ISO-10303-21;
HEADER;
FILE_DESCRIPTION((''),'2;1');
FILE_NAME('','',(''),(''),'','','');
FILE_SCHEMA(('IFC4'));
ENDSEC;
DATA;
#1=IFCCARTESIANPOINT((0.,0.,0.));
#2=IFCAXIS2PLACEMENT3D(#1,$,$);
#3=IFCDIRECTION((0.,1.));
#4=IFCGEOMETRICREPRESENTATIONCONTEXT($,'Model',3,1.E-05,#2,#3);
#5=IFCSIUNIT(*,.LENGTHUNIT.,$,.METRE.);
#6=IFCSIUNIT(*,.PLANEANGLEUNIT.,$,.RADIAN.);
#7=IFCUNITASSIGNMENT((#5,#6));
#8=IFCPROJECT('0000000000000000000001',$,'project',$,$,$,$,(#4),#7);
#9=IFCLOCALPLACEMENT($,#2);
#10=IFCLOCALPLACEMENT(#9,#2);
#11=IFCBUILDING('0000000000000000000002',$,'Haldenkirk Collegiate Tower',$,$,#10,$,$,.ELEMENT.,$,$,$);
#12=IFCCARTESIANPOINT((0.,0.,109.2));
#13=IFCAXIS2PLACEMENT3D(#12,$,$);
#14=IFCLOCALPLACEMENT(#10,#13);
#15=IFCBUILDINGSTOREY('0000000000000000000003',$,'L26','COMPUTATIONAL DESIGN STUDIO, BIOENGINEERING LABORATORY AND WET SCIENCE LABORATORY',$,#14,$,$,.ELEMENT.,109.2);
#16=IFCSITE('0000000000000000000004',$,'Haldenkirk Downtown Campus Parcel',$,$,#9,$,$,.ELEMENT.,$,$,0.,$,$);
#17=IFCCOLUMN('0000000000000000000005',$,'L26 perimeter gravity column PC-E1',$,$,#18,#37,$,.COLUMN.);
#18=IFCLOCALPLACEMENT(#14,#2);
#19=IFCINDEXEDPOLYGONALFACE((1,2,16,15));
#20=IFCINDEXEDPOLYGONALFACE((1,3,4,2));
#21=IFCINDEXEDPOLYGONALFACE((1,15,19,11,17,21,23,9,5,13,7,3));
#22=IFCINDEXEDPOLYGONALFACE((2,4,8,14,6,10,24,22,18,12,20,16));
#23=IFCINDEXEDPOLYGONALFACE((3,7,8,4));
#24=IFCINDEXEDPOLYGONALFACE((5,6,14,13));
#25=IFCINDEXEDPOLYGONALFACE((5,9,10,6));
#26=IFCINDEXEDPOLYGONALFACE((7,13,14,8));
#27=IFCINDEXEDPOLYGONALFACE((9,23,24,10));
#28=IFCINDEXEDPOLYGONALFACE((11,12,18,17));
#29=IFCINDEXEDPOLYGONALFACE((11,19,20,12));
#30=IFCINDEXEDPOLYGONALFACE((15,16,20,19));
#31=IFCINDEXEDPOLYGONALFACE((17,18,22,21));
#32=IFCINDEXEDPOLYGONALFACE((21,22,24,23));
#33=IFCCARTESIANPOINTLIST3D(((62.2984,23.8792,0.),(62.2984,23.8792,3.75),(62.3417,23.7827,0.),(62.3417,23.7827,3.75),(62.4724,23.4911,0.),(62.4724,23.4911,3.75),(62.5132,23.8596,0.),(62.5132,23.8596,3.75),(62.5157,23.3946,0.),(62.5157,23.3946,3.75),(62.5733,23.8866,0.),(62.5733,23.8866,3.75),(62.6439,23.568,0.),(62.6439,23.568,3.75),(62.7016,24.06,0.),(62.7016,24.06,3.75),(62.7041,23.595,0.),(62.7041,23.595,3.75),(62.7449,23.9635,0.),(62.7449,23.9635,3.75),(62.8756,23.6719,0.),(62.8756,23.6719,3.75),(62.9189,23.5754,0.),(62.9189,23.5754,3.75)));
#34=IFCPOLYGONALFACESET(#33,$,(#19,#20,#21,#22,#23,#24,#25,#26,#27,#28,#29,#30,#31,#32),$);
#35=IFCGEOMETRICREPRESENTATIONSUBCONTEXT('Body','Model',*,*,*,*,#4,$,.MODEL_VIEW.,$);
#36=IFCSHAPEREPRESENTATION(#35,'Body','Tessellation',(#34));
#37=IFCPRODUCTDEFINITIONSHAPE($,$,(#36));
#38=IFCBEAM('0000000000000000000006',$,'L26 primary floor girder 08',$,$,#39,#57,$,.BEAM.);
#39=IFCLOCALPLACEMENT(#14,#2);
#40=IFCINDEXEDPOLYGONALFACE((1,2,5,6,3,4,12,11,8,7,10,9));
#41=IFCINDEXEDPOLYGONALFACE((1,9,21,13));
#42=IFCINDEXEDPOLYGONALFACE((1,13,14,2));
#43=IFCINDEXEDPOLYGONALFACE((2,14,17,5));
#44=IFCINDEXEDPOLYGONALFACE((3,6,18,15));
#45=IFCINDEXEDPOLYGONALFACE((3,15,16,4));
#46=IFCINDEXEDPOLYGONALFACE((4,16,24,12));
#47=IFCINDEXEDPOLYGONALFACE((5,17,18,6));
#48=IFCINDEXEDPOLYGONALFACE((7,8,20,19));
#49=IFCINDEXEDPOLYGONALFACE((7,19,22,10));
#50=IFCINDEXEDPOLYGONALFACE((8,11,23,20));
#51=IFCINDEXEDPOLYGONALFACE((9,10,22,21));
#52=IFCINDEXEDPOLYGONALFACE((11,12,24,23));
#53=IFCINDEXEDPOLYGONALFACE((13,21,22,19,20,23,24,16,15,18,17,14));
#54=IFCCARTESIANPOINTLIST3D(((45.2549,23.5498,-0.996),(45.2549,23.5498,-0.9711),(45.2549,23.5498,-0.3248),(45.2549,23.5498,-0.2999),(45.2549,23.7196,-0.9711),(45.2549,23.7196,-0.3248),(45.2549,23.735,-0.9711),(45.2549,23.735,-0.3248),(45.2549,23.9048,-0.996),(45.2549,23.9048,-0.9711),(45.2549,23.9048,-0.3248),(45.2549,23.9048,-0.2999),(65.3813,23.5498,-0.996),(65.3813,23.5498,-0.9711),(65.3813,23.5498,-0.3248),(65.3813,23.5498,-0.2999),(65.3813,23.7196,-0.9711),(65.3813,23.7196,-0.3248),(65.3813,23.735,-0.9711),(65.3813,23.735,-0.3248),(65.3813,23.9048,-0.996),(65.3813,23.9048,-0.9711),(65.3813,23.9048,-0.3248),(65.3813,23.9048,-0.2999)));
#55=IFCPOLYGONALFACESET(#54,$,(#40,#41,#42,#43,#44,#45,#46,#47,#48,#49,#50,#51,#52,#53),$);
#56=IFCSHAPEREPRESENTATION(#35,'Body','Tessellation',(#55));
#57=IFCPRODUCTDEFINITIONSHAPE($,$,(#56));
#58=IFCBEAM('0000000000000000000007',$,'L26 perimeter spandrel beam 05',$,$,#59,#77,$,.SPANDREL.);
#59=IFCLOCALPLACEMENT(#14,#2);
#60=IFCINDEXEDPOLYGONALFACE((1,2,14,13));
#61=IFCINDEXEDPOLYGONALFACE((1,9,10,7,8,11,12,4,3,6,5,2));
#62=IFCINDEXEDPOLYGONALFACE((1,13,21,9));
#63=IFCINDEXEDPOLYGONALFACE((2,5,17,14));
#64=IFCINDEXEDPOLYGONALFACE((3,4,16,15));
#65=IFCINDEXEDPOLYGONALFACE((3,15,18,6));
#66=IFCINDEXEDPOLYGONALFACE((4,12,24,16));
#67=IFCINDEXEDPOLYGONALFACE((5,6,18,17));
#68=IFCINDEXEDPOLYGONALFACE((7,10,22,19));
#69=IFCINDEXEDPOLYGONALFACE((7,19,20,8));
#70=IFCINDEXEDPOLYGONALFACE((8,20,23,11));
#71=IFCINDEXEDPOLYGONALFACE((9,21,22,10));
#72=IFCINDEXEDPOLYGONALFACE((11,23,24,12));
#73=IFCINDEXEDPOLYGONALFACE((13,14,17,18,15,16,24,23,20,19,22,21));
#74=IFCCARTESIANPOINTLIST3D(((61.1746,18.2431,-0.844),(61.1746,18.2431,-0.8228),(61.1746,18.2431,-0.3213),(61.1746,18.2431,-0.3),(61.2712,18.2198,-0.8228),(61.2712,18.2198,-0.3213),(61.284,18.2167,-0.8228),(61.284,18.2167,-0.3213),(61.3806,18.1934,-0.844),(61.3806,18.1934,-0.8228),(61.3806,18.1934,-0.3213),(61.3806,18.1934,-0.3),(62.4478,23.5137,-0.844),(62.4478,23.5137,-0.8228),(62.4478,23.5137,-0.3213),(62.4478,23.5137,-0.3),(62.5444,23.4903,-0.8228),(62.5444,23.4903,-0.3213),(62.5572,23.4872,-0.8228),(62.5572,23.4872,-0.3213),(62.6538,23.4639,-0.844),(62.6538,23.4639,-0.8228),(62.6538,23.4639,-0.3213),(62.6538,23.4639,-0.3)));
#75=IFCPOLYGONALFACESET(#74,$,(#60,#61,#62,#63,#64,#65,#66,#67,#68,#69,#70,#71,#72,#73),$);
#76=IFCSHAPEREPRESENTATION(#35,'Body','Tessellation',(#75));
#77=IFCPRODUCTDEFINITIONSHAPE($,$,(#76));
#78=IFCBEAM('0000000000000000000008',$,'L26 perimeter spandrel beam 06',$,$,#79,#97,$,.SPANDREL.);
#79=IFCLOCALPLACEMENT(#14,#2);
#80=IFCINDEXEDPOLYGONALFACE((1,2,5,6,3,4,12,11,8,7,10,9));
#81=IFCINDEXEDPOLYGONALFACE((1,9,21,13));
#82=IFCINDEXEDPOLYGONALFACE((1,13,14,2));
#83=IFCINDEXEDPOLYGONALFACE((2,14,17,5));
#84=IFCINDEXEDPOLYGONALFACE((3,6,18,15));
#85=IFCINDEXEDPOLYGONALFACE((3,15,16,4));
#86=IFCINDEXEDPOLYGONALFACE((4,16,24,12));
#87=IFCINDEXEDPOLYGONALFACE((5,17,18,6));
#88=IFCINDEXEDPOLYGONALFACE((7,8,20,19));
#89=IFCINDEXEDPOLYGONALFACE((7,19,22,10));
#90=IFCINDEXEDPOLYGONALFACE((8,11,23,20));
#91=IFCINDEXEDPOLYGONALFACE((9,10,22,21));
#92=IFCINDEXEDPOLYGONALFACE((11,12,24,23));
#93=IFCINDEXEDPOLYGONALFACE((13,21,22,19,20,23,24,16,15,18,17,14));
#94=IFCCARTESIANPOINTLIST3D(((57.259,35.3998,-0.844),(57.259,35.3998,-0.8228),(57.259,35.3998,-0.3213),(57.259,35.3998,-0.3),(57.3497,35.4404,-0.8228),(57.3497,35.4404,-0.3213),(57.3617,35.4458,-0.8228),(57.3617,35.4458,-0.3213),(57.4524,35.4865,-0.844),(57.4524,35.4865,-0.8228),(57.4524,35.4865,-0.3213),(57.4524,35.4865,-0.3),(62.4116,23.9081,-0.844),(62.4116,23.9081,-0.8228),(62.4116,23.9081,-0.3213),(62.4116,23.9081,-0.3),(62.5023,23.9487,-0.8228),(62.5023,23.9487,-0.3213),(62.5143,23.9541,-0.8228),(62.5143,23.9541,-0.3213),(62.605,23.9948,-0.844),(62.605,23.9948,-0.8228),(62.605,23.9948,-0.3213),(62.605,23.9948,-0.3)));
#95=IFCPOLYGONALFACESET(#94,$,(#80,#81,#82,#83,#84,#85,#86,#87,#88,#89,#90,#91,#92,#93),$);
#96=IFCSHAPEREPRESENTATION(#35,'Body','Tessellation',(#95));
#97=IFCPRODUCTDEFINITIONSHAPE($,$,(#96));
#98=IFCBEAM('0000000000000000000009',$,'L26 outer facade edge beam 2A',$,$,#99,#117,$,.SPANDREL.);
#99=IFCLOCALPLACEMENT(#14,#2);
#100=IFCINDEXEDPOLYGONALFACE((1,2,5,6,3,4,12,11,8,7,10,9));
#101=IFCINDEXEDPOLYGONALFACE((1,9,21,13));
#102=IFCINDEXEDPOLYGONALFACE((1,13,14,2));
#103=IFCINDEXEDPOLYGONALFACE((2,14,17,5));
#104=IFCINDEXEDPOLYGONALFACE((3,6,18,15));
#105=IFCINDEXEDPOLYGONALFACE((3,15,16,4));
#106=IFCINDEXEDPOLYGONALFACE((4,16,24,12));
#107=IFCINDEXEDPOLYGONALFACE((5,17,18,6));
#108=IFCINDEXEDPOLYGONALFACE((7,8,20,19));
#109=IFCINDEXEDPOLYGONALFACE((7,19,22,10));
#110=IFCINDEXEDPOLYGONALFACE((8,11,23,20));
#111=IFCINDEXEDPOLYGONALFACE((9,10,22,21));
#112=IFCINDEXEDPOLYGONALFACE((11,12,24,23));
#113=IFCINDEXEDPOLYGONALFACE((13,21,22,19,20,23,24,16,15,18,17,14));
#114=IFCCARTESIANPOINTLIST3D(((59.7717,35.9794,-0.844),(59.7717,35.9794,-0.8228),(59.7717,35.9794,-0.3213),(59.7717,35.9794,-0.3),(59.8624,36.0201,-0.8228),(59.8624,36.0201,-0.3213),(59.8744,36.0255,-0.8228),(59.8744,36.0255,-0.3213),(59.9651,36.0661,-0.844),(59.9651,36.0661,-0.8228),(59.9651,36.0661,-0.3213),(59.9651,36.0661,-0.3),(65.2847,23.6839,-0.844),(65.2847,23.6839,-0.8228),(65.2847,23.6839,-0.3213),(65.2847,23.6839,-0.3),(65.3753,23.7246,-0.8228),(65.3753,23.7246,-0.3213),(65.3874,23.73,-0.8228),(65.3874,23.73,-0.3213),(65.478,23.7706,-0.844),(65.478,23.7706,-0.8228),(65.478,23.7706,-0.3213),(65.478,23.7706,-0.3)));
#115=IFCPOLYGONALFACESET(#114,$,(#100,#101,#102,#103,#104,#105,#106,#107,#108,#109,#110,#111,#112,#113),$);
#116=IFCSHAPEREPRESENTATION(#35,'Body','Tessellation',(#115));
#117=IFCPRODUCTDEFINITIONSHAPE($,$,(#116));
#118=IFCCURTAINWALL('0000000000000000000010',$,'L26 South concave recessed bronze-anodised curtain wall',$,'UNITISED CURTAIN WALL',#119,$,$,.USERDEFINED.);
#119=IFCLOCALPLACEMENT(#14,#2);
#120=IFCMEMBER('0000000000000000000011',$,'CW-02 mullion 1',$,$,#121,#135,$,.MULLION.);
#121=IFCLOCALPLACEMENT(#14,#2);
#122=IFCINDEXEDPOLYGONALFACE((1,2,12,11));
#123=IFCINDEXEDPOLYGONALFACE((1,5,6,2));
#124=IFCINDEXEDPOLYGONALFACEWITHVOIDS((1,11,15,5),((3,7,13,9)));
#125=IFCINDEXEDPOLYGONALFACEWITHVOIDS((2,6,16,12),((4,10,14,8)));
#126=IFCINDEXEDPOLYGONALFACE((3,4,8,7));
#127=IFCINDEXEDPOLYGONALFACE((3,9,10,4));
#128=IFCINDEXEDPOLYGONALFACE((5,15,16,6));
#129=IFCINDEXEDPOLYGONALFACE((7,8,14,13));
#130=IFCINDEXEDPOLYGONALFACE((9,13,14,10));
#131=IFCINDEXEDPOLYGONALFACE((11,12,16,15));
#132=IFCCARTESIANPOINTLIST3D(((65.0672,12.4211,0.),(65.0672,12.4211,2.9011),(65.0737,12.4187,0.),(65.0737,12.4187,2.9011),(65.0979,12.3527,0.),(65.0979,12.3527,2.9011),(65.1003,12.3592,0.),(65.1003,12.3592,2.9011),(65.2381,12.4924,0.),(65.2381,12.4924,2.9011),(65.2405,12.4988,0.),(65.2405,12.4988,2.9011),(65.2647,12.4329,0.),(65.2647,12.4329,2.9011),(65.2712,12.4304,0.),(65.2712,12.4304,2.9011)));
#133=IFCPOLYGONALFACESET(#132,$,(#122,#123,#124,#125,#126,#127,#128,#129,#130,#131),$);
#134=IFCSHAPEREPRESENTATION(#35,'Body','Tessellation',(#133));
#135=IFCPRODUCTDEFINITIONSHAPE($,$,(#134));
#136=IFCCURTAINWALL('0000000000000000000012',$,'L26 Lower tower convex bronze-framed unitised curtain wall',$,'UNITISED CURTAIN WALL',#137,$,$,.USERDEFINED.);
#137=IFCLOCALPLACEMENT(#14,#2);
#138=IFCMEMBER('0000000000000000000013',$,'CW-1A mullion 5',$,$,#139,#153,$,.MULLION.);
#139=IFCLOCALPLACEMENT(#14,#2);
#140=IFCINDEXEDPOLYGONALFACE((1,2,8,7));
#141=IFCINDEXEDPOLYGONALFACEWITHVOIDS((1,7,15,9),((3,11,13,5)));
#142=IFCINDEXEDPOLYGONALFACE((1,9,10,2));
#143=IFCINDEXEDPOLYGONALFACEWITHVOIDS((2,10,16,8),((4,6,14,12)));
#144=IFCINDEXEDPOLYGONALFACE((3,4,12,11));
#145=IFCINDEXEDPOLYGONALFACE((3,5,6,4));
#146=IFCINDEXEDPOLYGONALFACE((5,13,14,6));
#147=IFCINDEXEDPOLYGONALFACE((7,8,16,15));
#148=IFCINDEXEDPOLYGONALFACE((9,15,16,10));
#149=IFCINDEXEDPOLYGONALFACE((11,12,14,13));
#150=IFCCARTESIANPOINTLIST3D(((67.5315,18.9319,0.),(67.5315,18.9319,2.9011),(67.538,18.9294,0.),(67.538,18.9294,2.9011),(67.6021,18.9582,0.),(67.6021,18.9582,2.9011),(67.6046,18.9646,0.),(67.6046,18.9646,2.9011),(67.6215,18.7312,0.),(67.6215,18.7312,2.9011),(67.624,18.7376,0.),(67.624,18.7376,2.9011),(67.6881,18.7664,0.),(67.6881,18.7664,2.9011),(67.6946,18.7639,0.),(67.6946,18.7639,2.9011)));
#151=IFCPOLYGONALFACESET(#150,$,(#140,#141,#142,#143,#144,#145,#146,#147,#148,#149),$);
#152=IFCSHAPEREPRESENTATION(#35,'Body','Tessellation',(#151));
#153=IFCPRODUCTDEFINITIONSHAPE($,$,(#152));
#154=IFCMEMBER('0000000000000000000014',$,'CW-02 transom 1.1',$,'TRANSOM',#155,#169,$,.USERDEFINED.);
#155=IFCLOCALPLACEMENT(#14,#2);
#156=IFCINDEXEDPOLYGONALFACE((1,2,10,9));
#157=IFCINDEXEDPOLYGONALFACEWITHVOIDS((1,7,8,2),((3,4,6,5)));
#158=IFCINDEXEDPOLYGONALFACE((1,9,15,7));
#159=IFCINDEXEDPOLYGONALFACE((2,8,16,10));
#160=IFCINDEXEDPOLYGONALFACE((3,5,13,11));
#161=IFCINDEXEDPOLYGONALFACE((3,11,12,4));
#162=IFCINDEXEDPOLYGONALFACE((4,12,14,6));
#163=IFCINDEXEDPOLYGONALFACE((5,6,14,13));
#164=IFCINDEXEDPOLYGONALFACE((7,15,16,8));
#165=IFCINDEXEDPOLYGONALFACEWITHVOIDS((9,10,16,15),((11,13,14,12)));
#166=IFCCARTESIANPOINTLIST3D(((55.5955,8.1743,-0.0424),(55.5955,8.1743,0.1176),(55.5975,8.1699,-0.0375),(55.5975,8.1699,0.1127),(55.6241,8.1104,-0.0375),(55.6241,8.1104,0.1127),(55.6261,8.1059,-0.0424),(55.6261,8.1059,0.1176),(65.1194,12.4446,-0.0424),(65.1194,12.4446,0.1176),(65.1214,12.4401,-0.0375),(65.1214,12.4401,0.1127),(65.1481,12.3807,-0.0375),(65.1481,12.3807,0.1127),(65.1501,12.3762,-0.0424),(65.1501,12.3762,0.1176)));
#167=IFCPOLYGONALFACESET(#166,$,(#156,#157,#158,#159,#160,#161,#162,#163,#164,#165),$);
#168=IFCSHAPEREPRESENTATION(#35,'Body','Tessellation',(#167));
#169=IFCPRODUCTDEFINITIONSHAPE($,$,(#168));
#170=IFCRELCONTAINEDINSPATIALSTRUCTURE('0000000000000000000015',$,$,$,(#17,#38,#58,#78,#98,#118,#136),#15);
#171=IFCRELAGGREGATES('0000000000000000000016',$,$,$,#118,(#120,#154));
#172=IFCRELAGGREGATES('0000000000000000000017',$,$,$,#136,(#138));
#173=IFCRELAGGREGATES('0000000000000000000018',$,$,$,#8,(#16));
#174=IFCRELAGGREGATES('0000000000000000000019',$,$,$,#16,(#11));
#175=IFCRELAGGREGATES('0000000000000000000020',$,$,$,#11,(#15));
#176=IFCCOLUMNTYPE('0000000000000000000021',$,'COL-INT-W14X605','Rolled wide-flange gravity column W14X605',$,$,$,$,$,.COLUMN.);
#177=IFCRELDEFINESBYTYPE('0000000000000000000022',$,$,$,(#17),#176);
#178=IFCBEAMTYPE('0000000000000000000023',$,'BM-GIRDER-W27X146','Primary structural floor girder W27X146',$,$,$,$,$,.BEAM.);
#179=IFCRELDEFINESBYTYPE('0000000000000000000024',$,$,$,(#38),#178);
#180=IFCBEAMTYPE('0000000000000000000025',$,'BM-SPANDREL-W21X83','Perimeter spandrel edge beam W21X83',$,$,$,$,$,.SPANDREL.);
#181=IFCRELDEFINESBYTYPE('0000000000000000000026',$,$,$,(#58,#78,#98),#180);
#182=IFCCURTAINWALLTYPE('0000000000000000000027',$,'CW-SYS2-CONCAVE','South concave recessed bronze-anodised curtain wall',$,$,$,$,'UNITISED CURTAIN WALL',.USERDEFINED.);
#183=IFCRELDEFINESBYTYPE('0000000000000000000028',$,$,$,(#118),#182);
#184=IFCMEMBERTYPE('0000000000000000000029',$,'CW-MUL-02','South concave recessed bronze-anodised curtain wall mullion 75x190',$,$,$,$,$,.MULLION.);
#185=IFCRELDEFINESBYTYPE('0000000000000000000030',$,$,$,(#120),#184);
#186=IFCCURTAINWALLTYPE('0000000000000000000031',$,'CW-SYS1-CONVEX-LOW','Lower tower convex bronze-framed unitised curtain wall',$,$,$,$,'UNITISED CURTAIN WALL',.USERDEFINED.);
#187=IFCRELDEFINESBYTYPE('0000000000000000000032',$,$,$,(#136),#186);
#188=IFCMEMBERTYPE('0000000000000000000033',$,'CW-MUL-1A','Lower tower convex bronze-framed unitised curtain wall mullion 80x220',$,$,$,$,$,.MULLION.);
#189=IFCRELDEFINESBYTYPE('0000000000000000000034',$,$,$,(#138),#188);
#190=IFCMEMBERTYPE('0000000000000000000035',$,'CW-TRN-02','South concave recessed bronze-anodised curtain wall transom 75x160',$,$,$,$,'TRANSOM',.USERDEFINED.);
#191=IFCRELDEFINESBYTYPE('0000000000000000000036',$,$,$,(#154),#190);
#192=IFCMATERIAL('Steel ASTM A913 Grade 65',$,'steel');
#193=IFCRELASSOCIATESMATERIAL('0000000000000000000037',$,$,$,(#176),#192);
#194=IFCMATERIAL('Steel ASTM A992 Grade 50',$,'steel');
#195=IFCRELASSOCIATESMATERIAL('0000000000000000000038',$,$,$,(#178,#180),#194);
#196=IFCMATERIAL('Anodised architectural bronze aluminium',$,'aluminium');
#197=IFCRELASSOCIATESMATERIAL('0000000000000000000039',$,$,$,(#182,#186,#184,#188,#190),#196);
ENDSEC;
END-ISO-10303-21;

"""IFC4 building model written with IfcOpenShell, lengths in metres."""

from ifc_helpers import new_model, si_unit, direction, frame, origin, origin_2d, place, context, subcontext, project, spatial, hollow_rectangle, i_section, extrude, material, material_profile, profile_set, type_object, element, aggregate, save


model = new_model("IFC4")

# Units and contexts
model_context = context("Model", 3, precision=1e-05, world=origin(), true_north=direction((0.0, 1.0)))
body_context = subcontext(model_context, "Body", "Model", "MODEL_VIEW")
ifc_project = project(units=[si_unit("LENGTHUNIT", "METRE"), si_unit("PLANEANGLEUNIT", "RADIAN")], contexts=[model_context])

# Site, building, storey
site_placement = place(None, origin())
site = spatial("IfcSite", under=ifc_project, at=site_placement, Name="Haldenkirk Downtown Campus Parcel", CompositionType="ELEMENT", RefElevation=0.0)
building_placement = place(site_placement, origin())
building = spatial("IfcBuilding", under=site, at=building_placement, Name="Haldenkirk Collegiate Tower", CompositionType="ELEMENT")
storey_placement = place(building_placement, frame((0.0, 0.0, 109.2)))
storey = spatial("IfcBuildingStorey", under=building, at=storey_placement, Name="L26", Description="COMPUTATIONAL DESIGN STUDIO, BIOENGINEERING LABORATORY AND WET SCIENCE LABORATORY", CompositionType="ELEMENT", Elevation=109.2)

# Column
ifc_material_1 = material(Name="Steel ASTM A913 Grade 65", Category="steel")
ifc_material_profile_1 = material_profile(ifc_material_1, i_section(OverallWidth=0.4419, OverallDepth=0.531, WebThickness=0.0659, FlangeThickness=0.1057, at=origin_2d()), Name="W14X605")
ifc_profile_set_1 = profile_set([ifc_material_profile_1], Name="Steel ASTM A913 Grade 65")
column_type = type_object("IfcColumnType", Name="COL-INT-W14X605", Description="Rolled wide-flange gravity column W14X605", PredefinedType="COLUMN", material=ifc_profile_set_1)
column_placement = place(storey_placement, frame((62.6086, 23.7273, 0.0), z_axis=(0.0, 0.0, 1.0), x_axis=(0.912477, 0.409127, 0.0)))
element("IfcColumn", 1, at=column_placement, inside=storey, type_object=column_type, Name="L26 perimeter gravity column PC-E1", PredefinedType="COLUMN", context=body_context, shape_type="SweptSolid", body=[
    extrude(i_section(OverallWidth=0.4419, OverallDepth=0.531, WebThickness=0.0659, FlangeThickness=0.1057, at=origin_2d()), origin(), (0.0, 0.0, 1.0), 3.75),
])

# Beams
ifc_material_2 = material(Name="Steel ASTM A992 Grade 50", Category="steel")
ifc_material_profile_2 = material_profile(ifc_material_2, i_section(OverallWidth=0.355, OverallDepth=0.696, WebThickness=0.0154, FlangeThickness=0.0249, at=origin_2d()), Name="W27X146")
ifc_profile_set_2 = profile_set([ifc_material_profile_2], Name="Steel ASTM A992 Grade 50")
beam_type_1 = type_object("IfcBeamType", Name="BM-GIRDER-W27X146", Description="Primary structural floor girder W27X146", PredefinedType="BEAM", material=ifc_profile_set_2)
beam_1_placement = place(storey_placement, frame((65.3813, 23.7273, -0.6479), z_axis=(-1.0, 0.0, 0.0), x_axis=(0.0, -1.0, 0.0)))
element("IfcBeam", 2, at=beam_1_placement, inside=storey, type_object=beam_type_1, Name="L26 primary floor girder 08", PredefinedType="BEAM", context=body_context, shape_type="SweptSolid", body=[
    extrude(i_section(OverallWidth=0.355, OverallDepth=0.696, WebThickness=0.0154, FlangeThickness=0.0249, at=origin_2d()), origin(), (0.0, 0.0, 1.0), 20.1265),
])
ifc_material_profile_3 = material_profile(ifc_material_2, i_section(OverallWidth=0.2119, OverallDepth=0.5439, WebThickness=0.0132, FlangeThickness=0.0212, at=origin_2d()), Name="W21X83")
ifc_profile_set_3 = profile_set([ifc_material_profile_3], Name="Steel ASTM A992 Grade 50")
beam_type_2 = type_object("IfcBeamType", Name="BM-SPANDREL-W21X83", Description="Perimeter spandrel edge beam W21X83", PredefinedType="SPANDREL", material=ifc_profile_set_3)
beam_2_placement = place(storey_placement, frame((61.2776, 18.2183, -0.572), z_axis=(0.234815, 0.97204, 0.0), x_axis=(-0.97204, 0.234815, 0.0)))
element("IfcBeam", 3, at=beam_2_placement, inside=storey, type_object=beam_type_2, Name="L26 perimeter spandrel beam 05", PredefinedType="SPANDREL", context=body_context, shape_type="SweptSolid", body=[
    extrude(i_section(OverallWidth=0.2119, OverallDepth=0.5439, WebThickness=0.0132, FlangeThickness=0.0212, at=origin_2d()), origin(), (0.0, 0.0, 1.0), 5.4221),
])
beam_3_placement = place(storey_placement, frame((62.5083, 23.9514, -0.572), z_axis=(-0.409131, 0.912476, 0.0), x_axis=(-0.912476, -0.409131, 0.0)))
element("IfcBeam", 4, at=beam_3_placement, inside=storey, type_object=beam_type_2, Name="L26 perimeter spandrel beam 06", PredefinedType="SPANDREL", context=body_context, shape_type="SweptSolid", body=[
    extrude(i_section(OverallWidth=0.2119, OverallDepth=0.5439, WebThickness=0.0132, FlangeThickness=0.0212, at=origin_2d()), origin(), (0.0, 0.0, 1.0), 12.594),
])
beam_4_placement = place(storey_placement, frame((65.3813, 23.7273, -0.572), z_axis=(-0.40913, 0.912476, 0.0), x_axis=(-0.912476, -0.40913, 0.0)))
element("IfcBeam", 5, at=beam_4_placement, inside=storey, type_object=beam_type_2, Name="L26 outer facade edge beam 2A", PredefinedType="SPANDREL", context=body_context, shape_type="SweptSolid", body=[
    extrude(i_section(OverallWidth=0.2119, OverallDepth=0.5439, WebThickness=0.0132, FlangeThickness=0.0212, at=origin_2d()), origin(), (0.0, 0.0, 1.0), 13.4749),
])

# Curtain walls, members
ifc_material_3 = material(Name="Anodised architectural bronze aluminium", Category="aluminium")
curtain_wall_type_1 = type_object("IfcCurtainWallType", Name="CW-SYS2-CONCAVE", Description="South concave recessed bronze-anodised curtain wall", ElementType="UNITISED CURTAIN WALL", PredefinedType="USERDEFINED", material=ifc_material_3)
curtain_wall_1_placement = place(storey_placement, origin())
curtain_wall_1 = element("IfcCurtainWall", 6, at=curtain_wall_1_placement, inside=storey, type_object=curtain_wall_type_1, Name="L26 South concave recessed bronze-anodised curtain wall", ObjectType="UNITISED CURTAIN WALL", PredefinedType="USERDEFINED")
ifc_material_profile_4 = material_profile(ifc_material_3, hollow_rectangle(XDim=0.075, YDim=0.1899, WallThickness=0.0049, at=origin_2d()), Name="CW-MUL-02")
ifc_profile_set_4 = profile_set([ifc_material_profile_4], Name="Anodised architectural bronze aluminium")
member_type_1 = type_object("IfcMemberType", Name="CW-MUL-02", Description="South concave recessed bronze-anodised curtain wall mullion 75x190", PredefinedType="MULLION", material=ifc_profile_set_4)
member_1_placement = place(storey_placement, frame((65.1692, 12.4258, 0.0), z_axis=(0.0, 0.0, 1.0), x_axis=(0.409127, -0.912477, 0.0)))
member_1 = element("IfcMember", 7, at=member_1_placement, type_object=member_type_1, Name="CW-02 mullion 1", PredefinedType="MULLION", context=body_context, shape_type="SweptSolid", body=[
    extrude(hollow_rectangle(XDim=0.075, YDim=0.1899, WallThickness=0.0049, at=origin_2d()), origin(), (0.0, 0.0, 1.0), 2.9011),
])
curtain_wall_type_2 = type_object("IfcCurtainWallType", Name="CW-SYS1-CONVEX-LOW", Description="Lower tower convex bronze-framed unitised curtain wall", ElementType="UNITISED CURTAIN WALL", PredefinedType="USERDEFINED", material=ifc_material_3)
curtain_wall_2_placement = place(storey_placement, origin())
curtain_wall_2 = element("IfcCurtainWall", 8, at=curtain_wall_2_placement, inside=storey, type_object=curtain_wall_type_2, Name="L26 Lower tower convex bronze-framed unitised curtain wall", ObjectType="UNITISED CURTAIN WALL", PredefinedType="USERDEFINED")
ifc_material_profile_5 = material_profile(ifc_material_3, hollow_rectangle(XDim=0.0801, YDim=0.22, WallThickness=0.0049, at=origin_2d()), Name="CW-MUL-1A")
ifc_profile_set_5 = profile_set([ifc_material_profile_5], Name="Anodised architectural bronze aluminium")
member_type_2 = type_object("IfcMemberType", Name="CW-MUL-1A", Description="Lower tower convex bronze-framed unitised curtain wall mullion 80x220", PredefinedType="MULLION", material=ifc_profile_set_5)
member_2_placement = place(storey_placement, frame((67.613, 18.8479, 0.0), z_axis=(0.0, 0.0, 1.0), x_axis=(0.912476, 0.409129, 0.0)))
member_2 = element("IfcMember", 9, at=member_2_placement, type_object=member_type_2, Name="CW-1A mullion 5", PredefinedType="MULLION", context=body_context, shape_type="SweptSolid", body=[
    extrude(hollow_rectangle(XDim=0.0801, YDim=0.22, WallThickness=0.0049, at=origin_2d()), origin(), (0.0, 0.0, 1.0), 2.9011),
])

# Member
ifc_material_profile_6 = material_profile(ifc_material_3, hollow_rectangle(XDim=0.075, YDim=0.1599, WallThickness=0.0049, at=origin_2d()), Name="CW-TRN-02")
ifc_profile_set_6 = profile_set([ifc_material_profile_6], Name="Anodised architectural bronze aluminium")
member_type_3 = type_object("IfcMemberType", Name="CW-TRN-02", Description="South concave recessed bronze-anodised curtain wall transom 75x160", ElementType="TRANSOM", PredefinedType="USERDEFINED", material=ifc_profile_set_6)
member_3_placement = place(storey_placement, frame((65.1348, 12.4104, 0.0376), z_axis=(-0.912477, -0.409129, 0.0), x_axis=(0.409129, -0.912477, 0.0)))
member_3 = element("IfcMember", 10, at=member_3_placement, type_object=member_type_3, Name="CW-02 transom 1.1", ObjectType="TRANSOM", PredefinedType="USERDEFINED", context=body_context, shape_type="SweptSolid", body=[
    extrude(hollow_rectangle(XDim=0.075, YDim=0.1599, WallThickness=0.0049, at=origin_2d()), origin(), (0.0, 0.0, 1.0), 10.4375),
])

aggregate(curtain_wall_1, [member_1, member_3])
aggregate(curtain_wall_2, [member_2])

save(model, "model.ifc")
